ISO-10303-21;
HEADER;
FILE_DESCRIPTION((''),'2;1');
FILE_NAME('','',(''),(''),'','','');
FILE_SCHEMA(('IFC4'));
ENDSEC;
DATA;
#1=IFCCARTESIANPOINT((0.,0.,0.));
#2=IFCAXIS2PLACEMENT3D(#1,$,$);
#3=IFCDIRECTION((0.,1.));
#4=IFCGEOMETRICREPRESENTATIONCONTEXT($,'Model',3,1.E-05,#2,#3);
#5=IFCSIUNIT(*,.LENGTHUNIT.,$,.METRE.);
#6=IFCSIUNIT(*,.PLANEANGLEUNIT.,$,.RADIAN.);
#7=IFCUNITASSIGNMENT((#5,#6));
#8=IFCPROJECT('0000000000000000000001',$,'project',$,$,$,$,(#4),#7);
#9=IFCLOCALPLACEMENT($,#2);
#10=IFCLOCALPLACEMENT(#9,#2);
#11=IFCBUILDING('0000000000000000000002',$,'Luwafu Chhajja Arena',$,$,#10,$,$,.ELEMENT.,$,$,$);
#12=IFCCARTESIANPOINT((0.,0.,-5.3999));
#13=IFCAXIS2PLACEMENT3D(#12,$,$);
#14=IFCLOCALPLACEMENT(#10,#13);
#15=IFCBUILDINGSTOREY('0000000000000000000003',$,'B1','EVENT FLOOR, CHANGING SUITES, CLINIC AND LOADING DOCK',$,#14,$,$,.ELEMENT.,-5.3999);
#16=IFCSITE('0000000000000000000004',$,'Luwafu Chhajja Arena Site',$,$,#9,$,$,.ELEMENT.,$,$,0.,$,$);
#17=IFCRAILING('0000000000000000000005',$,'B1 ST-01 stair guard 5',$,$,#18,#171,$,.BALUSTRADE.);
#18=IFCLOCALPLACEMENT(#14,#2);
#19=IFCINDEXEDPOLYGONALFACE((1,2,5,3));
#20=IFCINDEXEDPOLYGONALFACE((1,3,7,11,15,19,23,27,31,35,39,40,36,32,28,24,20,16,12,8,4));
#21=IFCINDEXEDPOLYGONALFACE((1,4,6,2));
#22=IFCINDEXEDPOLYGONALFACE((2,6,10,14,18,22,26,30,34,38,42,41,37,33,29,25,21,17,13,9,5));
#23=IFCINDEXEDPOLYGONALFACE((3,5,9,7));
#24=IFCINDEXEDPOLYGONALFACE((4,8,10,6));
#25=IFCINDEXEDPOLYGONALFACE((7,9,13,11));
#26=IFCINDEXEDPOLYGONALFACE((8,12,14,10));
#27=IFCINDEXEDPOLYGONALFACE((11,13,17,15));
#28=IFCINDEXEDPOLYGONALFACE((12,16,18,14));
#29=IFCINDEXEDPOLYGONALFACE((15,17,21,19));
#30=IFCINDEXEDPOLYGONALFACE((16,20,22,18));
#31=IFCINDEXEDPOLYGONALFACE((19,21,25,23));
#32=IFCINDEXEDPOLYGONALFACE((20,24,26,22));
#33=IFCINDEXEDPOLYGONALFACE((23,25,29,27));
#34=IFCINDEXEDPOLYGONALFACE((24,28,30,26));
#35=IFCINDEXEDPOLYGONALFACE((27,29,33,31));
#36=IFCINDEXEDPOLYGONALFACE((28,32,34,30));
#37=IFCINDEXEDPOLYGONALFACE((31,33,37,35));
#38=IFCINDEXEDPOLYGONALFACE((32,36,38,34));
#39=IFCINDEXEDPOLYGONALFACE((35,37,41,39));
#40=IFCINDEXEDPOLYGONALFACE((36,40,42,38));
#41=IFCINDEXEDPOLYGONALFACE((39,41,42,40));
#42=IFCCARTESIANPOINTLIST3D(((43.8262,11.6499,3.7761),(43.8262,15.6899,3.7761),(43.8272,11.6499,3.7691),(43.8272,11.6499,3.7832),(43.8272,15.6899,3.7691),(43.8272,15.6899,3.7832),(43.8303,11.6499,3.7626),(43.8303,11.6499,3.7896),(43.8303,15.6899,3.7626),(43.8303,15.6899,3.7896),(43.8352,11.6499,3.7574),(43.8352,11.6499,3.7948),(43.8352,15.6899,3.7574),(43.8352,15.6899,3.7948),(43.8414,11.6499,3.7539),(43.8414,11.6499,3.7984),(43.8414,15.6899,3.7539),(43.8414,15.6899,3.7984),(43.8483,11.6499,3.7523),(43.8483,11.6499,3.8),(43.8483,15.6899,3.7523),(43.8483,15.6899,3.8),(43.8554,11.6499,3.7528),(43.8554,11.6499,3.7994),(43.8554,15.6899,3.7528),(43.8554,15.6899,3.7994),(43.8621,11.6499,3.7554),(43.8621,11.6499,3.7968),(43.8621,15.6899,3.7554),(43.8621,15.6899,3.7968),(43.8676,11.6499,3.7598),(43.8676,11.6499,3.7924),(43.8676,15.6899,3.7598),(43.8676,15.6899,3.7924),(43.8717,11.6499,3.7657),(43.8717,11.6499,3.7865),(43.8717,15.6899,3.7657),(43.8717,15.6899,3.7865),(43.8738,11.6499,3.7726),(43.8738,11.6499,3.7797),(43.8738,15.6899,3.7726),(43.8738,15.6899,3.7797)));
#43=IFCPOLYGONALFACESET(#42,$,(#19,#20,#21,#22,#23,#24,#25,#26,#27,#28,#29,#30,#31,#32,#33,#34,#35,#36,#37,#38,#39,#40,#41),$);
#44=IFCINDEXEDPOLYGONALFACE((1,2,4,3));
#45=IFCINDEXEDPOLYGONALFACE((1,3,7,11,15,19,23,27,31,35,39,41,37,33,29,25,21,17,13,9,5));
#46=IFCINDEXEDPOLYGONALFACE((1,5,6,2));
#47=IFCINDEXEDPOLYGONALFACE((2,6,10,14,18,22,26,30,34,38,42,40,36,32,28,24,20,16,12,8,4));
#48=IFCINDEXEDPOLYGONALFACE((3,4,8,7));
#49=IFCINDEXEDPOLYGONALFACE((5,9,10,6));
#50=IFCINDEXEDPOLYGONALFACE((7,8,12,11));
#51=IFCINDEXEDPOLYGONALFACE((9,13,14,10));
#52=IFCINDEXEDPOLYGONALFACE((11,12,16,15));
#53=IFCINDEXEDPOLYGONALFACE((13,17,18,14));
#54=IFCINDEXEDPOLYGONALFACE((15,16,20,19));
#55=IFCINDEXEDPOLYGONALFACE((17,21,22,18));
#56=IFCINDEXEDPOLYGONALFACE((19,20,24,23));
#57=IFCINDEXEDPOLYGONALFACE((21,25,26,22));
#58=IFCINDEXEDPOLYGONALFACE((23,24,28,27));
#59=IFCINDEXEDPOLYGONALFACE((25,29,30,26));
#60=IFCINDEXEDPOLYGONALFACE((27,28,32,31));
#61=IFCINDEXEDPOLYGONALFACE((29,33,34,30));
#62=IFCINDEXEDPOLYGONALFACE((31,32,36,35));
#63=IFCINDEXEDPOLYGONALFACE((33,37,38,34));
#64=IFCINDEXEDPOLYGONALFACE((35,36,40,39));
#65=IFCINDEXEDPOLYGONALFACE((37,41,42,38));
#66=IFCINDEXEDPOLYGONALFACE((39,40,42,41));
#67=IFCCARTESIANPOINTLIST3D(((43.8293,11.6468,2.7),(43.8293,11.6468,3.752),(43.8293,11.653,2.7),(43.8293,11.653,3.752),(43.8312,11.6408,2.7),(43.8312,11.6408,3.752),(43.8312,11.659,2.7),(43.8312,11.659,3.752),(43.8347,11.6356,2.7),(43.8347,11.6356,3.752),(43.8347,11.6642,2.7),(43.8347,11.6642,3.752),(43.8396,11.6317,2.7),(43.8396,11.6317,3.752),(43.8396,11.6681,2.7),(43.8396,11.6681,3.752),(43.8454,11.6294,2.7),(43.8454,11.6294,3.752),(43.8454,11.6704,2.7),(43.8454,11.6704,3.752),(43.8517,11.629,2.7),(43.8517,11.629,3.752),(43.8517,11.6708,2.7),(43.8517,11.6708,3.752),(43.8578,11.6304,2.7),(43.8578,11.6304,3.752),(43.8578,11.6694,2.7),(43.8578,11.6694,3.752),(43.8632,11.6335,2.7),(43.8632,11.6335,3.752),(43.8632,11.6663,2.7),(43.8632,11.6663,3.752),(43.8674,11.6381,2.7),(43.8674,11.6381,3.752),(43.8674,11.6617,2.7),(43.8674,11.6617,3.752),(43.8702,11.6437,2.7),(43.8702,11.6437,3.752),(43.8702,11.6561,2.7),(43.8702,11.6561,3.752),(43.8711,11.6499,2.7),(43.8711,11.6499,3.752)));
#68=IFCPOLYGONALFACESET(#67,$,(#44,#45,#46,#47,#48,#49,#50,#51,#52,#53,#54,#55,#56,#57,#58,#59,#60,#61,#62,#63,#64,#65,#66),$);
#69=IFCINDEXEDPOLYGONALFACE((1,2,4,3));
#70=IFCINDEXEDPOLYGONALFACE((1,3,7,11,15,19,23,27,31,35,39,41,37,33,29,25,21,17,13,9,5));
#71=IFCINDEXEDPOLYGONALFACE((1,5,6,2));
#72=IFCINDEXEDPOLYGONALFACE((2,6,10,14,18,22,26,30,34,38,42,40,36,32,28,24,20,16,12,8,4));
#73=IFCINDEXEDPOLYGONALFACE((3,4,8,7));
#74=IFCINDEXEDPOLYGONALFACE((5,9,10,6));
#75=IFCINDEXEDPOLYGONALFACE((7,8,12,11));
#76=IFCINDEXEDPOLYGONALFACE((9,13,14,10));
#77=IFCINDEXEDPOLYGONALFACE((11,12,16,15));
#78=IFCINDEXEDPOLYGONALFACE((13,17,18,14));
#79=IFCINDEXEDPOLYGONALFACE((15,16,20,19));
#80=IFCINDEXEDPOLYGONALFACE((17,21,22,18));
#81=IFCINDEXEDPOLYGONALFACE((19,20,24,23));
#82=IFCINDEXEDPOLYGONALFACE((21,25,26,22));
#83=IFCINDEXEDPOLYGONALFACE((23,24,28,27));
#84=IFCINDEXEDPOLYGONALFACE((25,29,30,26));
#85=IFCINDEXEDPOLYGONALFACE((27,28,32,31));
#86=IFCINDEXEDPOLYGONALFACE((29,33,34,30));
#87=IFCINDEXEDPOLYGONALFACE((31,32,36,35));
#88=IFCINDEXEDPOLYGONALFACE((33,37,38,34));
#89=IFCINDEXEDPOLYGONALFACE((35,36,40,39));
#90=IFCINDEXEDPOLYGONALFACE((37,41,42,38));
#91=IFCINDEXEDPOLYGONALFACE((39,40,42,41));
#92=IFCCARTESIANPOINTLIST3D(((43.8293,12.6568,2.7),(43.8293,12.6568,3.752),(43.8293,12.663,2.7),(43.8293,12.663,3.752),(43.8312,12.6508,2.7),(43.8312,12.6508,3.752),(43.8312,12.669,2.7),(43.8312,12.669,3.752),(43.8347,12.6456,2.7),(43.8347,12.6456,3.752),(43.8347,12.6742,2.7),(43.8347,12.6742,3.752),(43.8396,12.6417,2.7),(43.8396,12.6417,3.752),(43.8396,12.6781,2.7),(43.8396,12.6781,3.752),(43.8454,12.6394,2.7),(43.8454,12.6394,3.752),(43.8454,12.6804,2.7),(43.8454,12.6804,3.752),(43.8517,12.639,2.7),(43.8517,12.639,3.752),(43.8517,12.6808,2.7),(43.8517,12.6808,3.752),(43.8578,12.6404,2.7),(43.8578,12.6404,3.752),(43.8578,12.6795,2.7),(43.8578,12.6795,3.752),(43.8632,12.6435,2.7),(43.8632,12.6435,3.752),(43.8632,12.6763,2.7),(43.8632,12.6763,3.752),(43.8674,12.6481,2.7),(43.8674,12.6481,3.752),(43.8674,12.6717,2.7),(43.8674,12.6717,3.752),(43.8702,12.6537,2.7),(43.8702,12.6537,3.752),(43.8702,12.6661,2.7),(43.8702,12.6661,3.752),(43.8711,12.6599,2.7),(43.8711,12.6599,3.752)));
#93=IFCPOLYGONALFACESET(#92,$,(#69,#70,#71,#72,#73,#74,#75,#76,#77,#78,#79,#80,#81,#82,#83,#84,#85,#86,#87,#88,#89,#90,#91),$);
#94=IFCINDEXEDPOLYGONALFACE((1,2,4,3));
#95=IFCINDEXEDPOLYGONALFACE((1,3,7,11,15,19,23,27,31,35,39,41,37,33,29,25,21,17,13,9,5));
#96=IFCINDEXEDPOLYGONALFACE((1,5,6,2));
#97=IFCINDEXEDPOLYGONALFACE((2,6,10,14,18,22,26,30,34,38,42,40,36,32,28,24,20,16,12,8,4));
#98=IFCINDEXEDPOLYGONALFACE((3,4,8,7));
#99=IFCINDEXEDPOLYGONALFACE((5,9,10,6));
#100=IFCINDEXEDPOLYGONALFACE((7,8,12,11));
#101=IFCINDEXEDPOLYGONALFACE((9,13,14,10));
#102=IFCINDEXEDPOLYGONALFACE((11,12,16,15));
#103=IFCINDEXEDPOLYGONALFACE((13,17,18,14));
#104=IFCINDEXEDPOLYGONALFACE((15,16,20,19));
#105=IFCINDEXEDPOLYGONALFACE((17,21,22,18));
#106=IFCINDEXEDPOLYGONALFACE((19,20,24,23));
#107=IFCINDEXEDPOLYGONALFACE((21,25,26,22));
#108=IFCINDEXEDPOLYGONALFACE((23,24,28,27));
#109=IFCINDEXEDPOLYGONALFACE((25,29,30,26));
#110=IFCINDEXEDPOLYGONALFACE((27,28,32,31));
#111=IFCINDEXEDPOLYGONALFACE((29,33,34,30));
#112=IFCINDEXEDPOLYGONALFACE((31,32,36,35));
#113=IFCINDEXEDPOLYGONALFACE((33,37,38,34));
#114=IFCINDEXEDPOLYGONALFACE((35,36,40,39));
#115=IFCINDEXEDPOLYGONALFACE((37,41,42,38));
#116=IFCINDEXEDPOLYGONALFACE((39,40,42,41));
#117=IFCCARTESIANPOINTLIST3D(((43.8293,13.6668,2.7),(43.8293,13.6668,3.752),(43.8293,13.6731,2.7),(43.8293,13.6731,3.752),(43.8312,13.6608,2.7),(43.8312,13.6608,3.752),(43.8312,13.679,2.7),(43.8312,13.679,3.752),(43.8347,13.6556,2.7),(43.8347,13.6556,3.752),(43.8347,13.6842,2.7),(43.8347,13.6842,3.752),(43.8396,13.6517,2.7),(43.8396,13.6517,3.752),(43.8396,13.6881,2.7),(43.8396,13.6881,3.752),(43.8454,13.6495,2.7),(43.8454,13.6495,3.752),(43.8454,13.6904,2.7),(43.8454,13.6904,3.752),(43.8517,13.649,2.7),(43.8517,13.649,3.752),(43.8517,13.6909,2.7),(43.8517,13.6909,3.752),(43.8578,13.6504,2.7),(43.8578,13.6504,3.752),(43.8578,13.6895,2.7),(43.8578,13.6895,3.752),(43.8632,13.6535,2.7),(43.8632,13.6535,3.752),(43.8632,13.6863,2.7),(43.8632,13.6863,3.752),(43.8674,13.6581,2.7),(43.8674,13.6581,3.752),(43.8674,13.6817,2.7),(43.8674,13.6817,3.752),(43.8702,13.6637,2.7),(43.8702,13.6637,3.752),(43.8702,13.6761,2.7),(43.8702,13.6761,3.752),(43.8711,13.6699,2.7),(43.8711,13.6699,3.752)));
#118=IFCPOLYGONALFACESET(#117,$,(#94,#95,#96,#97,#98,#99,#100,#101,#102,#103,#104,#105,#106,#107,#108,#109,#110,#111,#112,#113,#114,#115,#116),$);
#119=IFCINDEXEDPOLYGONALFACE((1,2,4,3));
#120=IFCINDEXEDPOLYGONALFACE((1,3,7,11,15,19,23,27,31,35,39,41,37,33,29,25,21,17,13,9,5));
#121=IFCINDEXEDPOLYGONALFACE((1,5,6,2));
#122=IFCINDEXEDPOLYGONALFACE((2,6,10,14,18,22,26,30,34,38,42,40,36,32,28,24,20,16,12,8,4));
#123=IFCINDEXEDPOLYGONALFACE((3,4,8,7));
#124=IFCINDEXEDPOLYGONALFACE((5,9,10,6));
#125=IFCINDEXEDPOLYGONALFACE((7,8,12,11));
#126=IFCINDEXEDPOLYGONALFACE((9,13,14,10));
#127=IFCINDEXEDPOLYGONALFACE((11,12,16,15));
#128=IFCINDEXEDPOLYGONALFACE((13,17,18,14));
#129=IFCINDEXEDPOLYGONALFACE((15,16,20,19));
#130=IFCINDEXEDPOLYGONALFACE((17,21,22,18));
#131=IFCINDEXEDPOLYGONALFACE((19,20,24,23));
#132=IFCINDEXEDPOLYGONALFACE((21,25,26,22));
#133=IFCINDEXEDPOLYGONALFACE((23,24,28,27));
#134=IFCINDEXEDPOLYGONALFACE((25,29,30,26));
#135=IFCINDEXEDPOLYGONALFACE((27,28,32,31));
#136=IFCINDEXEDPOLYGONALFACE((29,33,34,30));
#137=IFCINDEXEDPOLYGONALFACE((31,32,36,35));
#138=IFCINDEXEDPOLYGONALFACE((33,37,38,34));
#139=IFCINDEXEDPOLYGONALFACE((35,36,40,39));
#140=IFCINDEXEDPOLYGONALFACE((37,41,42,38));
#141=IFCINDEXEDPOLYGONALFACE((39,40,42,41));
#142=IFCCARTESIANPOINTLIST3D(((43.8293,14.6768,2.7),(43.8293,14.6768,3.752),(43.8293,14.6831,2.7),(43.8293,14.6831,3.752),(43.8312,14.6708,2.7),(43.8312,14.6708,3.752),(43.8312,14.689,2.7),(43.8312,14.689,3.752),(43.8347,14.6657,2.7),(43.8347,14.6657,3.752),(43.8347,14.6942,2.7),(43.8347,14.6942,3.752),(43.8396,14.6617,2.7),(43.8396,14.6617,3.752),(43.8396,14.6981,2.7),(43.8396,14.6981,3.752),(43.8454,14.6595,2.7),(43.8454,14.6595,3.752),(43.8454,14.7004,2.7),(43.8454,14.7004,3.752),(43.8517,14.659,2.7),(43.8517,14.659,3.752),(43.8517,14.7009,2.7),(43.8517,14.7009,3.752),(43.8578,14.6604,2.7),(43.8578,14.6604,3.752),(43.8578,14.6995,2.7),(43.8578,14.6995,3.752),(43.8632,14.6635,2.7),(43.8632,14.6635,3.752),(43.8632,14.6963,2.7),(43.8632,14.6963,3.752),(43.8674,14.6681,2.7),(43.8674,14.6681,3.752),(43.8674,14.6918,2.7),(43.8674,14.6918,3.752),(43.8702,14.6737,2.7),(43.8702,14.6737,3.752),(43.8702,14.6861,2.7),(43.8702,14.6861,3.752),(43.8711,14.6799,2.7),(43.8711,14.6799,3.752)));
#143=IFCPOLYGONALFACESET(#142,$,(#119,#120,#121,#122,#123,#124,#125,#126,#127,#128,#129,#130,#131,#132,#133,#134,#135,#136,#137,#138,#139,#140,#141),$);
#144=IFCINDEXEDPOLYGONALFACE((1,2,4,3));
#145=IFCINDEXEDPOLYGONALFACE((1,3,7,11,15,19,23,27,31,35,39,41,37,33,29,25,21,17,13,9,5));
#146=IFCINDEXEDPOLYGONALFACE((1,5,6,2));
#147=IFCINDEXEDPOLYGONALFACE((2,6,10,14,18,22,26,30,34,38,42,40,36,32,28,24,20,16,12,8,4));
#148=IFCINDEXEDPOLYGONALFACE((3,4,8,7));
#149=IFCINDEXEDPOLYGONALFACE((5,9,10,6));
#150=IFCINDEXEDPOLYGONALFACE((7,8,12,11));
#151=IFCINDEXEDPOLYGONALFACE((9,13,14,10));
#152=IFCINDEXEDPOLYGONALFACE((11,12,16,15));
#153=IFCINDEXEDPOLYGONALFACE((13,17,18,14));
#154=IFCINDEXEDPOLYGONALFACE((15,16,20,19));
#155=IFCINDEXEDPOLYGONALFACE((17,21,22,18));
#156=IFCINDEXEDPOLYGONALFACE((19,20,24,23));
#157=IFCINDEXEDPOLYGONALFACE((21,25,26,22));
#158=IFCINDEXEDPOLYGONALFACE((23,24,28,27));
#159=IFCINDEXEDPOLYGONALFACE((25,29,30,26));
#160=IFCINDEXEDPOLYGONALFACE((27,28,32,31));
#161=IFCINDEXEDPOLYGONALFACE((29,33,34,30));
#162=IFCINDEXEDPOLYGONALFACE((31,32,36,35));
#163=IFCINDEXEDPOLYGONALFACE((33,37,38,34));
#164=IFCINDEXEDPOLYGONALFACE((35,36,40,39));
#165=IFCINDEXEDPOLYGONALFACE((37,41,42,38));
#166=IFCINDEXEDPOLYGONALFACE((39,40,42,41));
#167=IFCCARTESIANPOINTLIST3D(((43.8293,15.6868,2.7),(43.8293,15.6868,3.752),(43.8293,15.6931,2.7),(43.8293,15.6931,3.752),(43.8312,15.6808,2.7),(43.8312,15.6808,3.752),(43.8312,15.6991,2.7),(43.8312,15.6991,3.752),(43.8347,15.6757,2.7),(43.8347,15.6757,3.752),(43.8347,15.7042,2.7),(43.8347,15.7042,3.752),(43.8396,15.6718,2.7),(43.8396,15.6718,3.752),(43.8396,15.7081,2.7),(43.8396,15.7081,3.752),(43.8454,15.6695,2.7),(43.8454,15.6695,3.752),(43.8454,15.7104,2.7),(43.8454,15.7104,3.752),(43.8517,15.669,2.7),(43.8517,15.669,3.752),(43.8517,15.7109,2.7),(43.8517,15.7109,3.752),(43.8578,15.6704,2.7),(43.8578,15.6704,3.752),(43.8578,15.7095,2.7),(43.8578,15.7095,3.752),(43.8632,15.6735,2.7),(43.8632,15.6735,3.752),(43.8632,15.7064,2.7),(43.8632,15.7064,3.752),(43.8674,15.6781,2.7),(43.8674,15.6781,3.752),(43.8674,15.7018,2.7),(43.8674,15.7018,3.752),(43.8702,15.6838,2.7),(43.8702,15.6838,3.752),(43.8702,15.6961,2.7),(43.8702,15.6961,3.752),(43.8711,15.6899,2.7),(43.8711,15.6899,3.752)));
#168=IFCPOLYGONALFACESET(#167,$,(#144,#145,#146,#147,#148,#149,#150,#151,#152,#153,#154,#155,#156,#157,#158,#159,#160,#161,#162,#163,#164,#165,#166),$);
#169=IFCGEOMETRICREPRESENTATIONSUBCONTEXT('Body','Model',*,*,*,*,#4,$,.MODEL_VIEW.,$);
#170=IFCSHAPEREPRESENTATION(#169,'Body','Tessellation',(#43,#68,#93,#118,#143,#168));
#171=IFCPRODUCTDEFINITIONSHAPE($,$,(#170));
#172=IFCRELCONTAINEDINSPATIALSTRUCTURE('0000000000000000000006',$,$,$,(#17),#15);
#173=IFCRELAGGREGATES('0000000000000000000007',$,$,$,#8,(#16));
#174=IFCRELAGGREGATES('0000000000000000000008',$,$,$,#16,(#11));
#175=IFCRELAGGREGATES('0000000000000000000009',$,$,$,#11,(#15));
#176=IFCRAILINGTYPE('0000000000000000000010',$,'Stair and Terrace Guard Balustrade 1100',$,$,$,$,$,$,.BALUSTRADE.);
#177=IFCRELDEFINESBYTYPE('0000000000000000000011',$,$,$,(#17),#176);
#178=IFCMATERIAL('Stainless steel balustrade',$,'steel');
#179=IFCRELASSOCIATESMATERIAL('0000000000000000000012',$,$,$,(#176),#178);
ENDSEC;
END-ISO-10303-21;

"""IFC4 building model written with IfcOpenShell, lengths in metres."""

from ifc_helpers import new_model, si_unit, direction, frame, origin, origin_2d, place, context, subcontext, project, spatial, circle, extrude, material, type_object, element, save


model = new_model("IFC4")

# Units and contexts
model_context = context("Model", 3, precision=1e-05, world=origin(), true_north=direction((0.0, 1.0)))
body_context = subcontext(model_context, "Body", "Model", "MODEL_VIEW")
ifc_project = project(units=[si_unit("LENGTHUNIT", "METRE"), si_unit("PLANEANGLEUNIT", "RADIAN")], contexts=[model_context])

# Site, building, storey
site_placement = place(None, origin())
site = spatial("IfcSite", under=ifc_project, at=site_placement, Name="Luwafu Chhajja Arena Site", CompositionType="ELEMENT", RefElevation=0.0)
building_placement = place(site_placement, origin())
building = spatial("IfcBuilding", under=site, at=building_placement, Name="Luwafu Chhajja Arena", CompositionType="ELEMENT")
storey_placement = place(building_placement, frame((0.0, 0.0, -5.3999)))
storey = spatial("IfcBuildingStorey", under=building, at=storey_placement, Name="B1", Description="EVENT FLOOR, CHANGING SUITES, CLINIC AND LOADING DOCK", CompositionType="ELEMENT", Elevation=-5.3999)

# Railing
ifc_material_1 = material(Name="Stainless steel balustrade", Category="steel")
railing_type_1 = type_object("IfcRailingType", Name="Stair and Terrace Guard Balustrade 1100", PredefinedType="BALUSTRADE", material=ifc_material_1)
railing_1_placement = place(storey_placement, frame((43.8501, 11.6499, 2.7)))
element("IfcRailing", 1, at=railing_1_placement, inside=storey, type_object=railing_type_1, Name="B1 ST-01 stair guard 5", PredefinedType="BALUSTRADE", context=body_context, shape_type="SweptSolid", body=[
    extrude(circle(Radius=0.0239, at=origin_2d()), frame((0.0, 0.0, 1.0762), z_axis=(0.0, 1.0, 0.0), x_axis=(-1.0, 0.0, 0.0)), (0.0, 0.0, 1.0), 4.04),
    extrude(circle(Radius=0.021, at=origin_2d()), origin(), (0.0, 0.0, 1.0), 1.052),
    extrude(circle(Radius=0.021, at=origin_2d()), frame((0.0, 1.01, 0.0)), (0.0, 0.0, 1.0), 1.052),
    extrude(circle(Radius=0.021, at=origin_2d()), frame((0.0, 2.02, 0.0)), (0.0, 0.0, 1.0), 1.052),
    extrude(circle(Radius=0.021, at=origin_2d()), frame((0.0, 3.03, 0.0)), (0.0, 0.0, 1.0), 1.052),
    extrude(circle(Radius=0.021, at=origin_2d()), frame((0.0, 4.04, 0.0)), (0.0, 0.0, 1.0), 1.052),
])

save(model, "model.ifc")
